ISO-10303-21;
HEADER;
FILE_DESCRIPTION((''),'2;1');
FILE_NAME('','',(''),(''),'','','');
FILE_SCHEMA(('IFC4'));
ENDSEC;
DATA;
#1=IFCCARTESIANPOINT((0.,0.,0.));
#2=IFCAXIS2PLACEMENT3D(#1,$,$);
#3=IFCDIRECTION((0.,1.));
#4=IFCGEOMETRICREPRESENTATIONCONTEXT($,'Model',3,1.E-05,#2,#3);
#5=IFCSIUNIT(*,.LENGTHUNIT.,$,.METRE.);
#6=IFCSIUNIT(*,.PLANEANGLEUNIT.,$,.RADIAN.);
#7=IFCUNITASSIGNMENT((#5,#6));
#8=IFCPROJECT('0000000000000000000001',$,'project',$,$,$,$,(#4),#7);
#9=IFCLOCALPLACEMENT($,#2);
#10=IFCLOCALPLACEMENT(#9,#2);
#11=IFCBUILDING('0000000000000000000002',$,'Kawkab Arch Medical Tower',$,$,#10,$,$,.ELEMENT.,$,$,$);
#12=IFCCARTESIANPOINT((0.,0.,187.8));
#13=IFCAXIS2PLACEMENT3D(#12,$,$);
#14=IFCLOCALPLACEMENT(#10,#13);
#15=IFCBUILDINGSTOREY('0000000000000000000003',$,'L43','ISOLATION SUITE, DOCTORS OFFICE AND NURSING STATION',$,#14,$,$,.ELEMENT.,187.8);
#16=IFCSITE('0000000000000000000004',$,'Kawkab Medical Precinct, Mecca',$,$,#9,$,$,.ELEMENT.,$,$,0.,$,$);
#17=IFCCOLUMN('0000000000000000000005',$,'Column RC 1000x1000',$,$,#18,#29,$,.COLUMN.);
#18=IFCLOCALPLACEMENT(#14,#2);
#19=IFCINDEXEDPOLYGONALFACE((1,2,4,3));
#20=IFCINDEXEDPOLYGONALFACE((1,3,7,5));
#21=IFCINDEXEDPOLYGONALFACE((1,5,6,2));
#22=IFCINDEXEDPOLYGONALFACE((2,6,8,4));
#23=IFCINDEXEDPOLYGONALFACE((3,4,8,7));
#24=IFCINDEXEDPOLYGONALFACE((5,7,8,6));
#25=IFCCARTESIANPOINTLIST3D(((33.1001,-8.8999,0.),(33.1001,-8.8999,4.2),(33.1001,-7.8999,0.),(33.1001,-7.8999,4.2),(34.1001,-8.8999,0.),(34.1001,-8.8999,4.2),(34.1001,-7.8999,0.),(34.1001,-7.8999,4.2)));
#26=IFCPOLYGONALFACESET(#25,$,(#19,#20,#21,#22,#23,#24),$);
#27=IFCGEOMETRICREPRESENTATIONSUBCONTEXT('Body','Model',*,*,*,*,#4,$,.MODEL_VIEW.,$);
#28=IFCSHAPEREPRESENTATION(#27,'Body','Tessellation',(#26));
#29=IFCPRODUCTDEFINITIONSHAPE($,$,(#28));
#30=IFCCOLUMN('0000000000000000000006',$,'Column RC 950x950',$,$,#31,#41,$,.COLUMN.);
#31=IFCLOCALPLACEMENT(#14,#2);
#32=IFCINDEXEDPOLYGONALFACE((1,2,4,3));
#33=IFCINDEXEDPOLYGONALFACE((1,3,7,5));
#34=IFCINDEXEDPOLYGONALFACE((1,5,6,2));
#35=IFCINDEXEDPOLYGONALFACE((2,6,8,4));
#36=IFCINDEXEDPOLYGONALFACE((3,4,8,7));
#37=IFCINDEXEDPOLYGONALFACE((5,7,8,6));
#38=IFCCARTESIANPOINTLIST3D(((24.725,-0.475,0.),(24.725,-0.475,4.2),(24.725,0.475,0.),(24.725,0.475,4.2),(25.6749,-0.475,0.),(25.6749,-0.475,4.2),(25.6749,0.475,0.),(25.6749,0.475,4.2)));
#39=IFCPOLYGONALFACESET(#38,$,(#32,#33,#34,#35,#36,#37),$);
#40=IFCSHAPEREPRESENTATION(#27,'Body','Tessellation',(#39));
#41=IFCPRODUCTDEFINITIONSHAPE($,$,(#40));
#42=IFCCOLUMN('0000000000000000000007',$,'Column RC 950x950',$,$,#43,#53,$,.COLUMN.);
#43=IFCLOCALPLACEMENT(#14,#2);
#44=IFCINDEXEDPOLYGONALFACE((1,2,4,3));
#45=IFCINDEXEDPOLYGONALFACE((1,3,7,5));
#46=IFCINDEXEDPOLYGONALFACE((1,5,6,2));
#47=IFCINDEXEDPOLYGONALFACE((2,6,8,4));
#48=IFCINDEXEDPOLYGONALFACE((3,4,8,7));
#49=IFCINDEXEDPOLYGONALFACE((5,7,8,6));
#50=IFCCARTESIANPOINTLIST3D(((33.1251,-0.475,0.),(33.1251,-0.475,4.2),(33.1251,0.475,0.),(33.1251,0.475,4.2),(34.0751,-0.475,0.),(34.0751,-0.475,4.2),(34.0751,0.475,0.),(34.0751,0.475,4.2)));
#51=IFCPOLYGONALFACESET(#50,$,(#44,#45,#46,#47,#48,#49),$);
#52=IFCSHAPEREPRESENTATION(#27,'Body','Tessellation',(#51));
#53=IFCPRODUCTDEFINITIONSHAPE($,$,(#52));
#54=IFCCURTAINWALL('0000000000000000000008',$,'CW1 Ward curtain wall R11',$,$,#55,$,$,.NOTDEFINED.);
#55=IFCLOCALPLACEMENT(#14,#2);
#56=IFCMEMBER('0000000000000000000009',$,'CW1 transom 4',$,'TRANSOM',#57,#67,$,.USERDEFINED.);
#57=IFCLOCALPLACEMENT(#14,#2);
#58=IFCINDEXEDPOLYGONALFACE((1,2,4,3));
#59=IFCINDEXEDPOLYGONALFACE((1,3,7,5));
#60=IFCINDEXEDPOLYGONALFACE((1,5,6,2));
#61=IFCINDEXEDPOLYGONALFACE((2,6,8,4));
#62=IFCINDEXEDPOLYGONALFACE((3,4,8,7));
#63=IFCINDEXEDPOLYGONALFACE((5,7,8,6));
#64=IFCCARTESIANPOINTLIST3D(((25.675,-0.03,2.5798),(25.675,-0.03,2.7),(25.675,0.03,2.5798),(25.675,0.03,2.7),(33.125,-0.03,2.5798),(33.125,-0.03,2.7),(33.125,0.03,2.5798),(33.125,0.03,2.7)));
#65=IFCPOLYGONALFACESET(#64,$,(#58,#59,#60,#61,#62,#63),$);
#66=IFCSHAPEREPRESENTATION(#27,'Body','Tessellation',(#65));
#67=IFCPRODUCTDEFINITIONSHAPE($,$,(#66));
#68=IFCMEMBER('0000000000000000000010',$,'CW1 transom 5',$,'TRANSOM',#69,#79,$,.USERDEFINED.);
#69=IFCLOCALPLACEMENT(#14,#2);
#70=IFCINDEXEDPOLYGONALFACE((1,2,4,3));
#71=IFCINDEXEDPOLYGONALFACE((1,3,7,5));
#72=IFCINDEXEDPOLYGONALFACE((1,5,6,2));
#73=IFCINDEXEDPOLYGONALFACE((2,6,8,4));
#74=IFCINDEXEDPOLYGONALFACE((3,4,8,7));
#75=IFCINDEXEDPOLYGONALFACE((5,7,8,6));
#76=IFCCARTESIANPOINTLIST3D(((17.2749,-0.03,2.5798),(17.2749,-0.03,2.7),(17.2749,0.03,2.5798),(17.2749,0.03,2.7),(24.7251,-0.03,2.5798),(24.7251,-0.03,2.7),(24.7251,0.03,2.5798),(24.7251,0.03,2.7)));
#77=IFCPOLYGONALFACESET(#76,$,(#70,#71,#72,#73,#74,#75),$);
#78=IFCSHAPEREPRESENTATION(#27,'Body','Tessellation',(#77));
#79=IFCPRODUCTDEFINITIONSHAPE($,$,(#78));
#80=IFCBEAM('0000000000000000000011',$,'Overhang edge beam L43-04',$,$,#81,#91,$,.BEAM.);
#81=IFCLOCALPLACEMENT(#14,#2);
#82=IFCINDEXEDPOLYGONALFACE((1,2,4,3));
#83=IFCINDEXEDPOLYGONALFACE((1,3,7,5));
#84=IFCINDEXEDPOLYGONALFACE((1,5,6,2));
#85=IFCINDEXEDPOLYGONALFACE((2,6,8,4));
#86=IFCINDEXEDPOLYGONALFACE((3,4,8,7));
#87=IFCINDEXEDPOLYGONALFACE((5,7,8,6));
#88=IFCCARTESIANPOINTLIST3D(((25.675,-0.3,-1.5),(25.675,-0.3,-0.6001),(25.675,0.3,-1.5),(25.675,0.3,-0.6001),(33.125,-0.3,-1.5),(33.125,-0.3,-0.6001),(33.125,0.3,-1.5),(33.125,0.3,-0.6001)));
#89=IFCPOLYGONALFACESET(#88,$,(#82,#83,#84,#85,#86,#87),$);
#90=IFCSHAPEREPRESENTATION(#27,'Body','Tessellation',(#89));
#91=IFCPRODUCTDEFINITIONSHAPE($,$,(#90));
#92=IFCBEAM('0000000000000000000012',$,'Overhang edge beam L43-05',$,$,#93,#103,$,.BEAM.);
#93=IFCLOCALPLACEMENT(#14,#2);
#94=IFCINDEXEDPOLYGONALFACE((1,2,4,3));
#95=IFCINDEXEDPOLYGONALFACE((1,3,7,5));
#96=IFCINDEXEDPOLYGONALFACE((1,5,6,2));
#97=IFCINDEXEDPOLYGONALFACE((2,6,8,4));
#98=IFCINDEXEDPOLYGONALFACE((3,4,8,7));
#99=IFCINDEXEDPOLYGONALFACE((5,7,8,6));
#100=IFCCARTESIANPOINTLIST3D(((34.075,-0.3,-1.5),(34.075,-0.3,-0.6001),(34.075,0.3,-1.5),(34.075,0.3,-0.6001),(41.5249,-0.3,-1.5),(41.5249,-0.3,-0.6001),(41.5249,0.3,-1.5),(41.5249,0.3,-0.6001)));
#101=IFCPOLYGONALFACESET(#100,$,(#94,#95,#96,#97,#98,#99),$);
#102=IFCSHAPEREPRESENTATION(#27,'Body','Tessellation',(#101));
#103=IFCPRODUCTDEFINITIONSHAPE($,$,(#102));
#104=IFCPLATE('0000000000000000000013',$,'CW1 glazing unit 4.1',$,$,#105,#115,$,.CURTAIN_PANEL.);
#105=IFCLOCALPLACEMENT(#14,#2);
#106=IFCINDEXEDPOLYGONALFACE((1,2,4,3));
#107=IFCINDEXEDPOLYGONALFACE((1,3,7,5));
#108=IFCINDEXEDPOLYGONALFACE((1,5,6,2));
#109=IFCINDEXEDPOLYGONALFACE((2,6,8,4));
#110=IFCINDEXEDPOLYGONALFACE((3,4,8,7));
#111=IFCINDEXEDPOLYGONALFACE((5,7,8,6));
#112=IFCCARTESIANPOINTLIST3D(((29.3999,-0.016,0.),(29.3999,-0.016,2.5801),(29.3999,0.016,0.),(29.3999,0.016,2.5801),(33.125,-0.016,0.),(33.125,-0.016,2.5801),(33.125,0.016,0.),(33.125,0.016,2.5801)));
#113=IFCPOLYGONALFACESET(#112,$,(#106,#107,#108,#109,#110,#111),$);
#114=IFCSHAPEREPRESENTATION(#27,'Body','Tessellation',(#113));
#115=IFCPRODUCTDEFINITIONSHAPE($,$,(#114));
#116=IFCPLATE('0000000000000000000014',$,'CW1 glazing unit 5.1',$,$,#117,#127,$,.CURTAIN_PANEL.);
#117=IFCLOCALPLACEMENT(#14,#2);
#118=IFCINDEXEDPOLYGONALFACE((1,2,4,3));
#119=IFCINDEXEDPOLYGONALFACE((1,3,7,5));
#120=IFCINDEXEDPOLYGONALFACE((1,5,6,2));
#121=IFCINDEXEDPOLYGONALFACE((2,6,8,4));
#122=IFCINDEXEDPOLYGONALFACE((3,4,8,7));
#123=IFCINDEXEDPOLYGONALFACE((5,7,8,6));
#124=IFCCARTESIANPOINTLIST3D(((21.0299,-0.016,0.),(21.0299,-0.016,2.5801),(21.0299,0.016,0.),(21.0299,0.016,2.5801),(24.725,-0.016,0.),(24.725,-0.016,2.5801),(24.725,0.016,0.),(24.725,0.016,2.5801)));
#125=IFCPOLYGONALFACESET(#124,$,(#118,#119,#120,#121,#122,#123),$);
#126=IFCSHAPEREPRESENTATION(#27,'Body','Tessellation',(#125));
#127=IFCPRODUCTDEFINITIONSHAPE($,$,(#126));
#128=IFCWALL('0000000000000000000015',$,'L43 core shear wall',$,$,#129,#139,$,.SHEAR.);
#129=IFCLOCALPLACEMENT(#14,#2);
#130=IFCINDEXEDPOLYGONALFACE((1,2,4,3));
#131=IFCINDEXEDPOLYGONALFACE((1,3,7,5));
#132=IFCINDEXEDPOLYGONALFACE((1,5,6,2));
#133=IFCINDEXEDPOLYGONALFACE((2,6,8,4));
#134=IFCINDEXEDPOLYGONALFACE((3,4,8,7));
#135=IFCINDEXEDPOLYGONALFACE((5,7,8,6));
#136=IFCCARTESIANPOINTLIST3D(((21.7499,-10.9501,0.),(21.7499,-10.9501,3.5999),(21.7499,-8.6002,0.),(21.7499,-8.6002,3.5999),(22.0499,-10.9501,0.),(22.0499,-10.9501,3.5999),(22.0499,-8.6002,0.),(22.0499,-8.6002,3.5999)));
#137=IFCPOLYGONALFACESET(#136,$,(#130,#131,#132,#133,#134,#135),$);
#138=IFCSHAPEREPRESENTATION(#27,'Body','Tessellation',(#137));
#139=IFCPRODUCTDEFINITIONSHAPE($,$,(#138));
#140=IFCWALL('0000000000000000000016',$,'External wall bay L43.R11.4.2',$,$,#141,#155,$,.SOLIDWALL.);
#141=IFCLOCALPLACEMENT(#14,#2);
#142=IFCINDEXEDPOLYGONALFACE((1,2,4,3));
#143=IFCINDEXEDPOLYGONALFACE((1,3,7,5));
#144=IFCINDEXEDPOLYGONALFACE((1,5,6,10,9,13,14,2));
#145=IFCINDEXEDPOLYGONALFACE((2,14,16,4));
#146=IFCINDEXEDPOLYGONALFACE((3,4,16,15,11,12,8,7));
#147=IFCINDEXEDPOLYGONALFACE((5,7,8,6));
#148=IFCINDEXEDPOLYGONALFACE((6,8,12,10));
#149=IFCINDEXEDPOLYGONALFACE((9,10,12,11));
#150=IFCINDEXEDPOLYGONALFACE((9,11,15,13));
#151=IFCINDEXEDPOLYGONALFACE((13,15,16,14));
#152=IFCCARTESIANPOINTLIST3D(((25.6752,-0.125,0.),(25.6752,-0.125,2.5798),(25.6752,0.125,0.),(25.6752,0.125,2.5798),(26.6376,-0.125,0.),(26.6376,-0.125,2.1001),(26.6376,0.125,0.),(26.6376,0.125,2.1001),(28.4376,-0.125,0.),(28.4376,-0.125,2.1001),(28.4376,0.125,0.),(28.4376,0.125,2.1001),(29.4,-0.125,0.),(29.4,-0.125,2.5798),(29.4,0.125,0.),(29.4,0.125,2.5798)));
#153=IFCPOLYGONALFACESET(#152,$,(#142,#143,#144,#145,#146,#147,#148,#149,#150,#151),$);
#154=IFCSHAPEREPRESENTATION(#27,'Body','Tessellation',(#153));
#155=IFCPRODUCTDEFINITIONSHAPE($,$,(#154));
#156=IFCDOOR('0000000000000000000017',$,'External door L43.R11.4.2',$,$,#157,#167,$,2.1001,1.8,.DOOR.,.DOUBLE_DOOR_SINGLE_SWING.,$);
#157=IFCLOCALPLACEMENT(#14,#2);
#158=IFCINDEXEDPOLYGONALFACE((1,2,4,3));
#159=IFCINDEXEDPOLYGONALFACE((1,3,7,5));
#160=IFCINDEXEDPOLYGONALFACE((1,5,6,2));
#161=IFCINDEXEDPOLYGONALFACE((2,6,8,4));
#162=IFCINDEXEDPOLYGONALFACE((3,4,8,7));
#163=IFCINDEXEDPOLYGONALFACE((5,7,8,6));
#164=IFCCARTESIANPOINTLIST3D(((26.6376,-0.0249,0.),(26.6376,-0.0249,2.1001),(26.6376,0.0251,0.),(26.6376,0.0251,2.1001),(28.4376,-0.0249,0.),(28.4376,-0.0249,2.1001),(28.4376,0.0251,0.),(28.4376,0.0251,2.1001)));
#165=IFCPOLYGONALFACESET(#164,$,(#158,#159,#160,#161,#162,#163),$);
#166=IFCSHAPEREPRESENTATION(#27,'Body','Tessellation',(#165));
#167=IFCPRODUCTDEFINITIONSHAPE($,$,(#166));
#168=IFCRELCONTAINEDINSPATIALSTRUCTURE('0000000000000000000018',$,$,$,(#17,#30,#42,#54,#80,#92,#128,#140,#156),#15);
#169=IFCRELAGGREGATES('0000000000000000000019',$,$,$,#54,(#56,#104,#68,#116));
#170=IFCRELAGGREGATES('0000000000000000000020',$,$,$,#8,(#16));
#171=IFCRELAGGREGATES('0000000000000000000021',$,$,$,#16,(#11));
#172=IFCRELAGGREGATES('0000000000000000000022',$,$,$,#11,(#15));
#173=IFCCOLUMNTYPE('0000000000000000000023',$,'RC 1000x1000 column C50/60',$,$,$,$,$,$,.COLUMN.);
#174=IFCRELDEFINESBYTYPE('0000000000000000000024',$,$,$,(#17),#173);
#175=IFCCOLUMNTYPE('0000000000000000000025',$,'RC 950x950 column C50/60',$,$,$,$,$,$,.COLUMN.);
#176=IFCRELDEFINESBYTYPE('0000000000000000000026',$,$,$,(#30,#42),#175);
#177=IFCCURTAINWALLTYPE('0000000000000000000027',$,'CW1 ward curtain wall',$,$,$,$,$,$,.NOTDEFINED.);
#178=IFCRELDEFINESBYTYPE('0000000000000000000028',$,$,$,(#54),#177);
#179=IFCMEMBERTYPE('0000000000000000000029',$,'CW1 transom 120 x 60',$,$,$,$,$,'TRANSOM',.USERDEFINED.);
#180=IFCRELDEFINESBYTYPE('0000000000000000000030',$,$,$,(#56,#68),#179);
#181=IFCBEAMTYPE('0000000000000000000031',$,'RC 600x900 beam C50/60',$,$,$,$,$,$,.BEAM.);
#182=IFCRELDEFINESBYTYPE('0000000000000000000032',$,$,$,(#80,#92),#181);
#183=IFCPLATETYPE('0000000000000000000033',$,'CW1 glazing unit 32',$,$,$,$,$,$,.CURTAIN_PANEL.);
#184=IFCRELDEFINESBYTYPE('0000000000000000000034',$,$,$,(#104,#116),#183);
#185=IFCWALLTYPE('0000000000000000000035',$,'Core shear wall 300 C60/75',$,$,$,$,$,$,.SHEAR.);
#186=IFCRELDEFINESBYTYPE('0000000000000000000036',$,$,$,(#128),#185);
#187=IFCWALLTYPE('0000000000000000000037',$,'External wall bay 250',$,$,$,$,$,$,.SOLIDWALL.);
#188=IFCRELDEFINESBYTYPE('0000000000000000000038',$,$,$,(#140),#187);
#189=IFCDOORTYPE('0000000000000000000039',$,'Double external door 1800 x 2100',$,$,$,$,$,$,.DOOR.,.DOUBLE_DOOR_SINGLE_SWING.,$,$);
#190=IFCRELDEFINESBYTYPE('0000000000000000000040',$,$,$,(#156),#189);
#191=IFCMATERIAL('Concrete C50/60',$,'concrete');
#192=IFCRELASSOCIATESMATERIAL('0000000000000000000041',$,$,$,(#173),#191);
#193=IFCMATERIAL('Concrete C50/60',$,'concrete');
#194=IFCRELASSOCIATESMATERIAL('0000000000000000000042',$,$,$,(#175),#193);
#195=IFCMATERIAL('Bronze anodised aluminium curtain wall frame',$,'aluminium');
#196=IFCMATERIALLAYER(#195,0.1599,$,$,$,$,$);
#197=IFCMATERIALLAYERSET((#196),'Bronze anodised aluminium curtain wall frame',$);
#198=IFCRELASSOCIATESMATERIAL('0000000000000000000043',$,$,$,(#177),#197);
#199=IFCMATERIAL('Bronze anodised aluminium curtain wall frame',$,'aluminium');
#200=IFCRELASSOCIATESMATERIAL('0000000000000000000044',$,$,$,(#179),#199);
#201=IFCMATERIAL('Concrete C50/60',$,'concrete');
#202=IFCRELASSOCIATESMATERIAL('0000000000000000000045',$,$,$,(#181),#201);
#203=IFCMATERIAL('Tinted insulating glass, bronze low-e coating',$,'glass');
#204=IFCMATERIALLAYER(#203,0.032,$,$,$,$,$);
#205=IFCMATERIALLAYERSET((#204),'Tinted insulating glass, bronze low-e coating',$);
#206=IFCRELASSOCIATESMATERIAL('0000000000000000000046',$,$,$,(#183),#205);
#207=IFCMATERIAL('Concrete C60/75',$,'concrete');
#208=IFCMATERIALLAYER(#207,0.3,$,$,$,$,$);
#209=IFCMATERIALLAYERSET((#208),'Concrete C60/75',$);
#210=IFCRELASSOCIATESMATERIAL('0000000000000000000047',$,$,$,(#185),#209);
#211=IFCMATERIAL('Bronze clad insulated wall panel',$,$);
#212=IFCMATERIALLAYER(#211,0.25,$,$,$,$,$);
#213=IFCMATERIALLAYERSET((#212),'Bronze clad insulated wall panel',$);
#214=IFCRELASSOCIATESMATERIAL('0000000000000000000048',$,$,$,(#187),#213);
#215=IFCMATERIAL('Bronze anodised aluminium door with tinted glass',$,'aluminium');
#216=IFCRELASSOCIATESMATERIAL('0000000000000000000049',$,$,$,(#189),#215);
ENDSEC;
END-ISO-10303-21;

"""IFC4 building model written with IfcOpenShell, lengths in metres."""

from ifc_helpers import new_model, si_unit, direction, frame, frame_2d, origin, origin_2d, place, context, subcontext, project, spatial, rectangle, extrude, material, layer, layer_set, material_profile, profile_set, type_object, element, fill, aggregate, save


model = new_model("IFC4")

# Units and contexts
model_context = context("Model", 3, precision=1e-05, world=origin(), true_north=direction((0.0, 1.0)))
body_context = subcontext(model_context, "Body", "Model", "MODEL_VIEW")
ifc_project = project(units=[si_unit("LENGTHUNIT", "METRE"), si_unit("PLANEANGLEUNIT", "RADIAN")], contexts=[model_context])

# Site, building, storey
site_placement = place(None, origin())
site = spatial("IfcSite", under=ifc_project, at=site_placement, Name="Kawkab Medical Precinct, Mecca", CompositionType="ELEMENT", RefElevation=0.0)
building_placement = place(site_placement, origin())
building = spatial("IfcBuilding", under=site, at=building_placement, Name="Kawkab Arch Medical Tower", CompositionType="ELEMENT")
storey_placement = place(building_placement, frame((0.0, 0.0, 187.8)))
storey = spatial("IfcBuildingStorey", under=building, at=storey_placement, Name="L43", Description="ISOLATION SUITE, DOCTORS OFFICE AND NURSING STATION", CompositionType="ELEMENT", Elevation=187.8)

# Columns
ifc_material_1 = material(Name="Concrete C50/60", Category="concrete")
ifc_material_profile_1 = material_profile(ifc_material_1, rectangle(XDim=1.0, YDim=1.0, at=origin_2d()), Name="RC 1000x1000")
ifc_profile_set_1 = profile_set([ifc_material_profile_1], Name="Concrete C50/60")
column_type_1 = type_object("IfcColumnType", Name="RC 1000x1000 column C50/60", PredefinedType="COLUMN", material=ifc_profile_set_1)
column_placement = place(storey_placement, frame((33.6001, -8.3999, 0.0), z_axis=(0.0, 0.0, 1.0), x_axis=(1.0, 0.0, 0.0)))
element("IfcColumn", 1, at=column_placement, inside=storey, type_object=column_type_1, Name="Column RC 1000x1000", PredefinedType="COLUMN", context=body_context, shape_type="SweptSolid", body=[
    extrude(rectangle(XDim=1.0, YDim=1.0, at=origin_2d()), origin(), (0.0, 0.0, 1.0), 4.2),
])
ifc_material_2 = material(Name="Concrete C50/60", Category="concrete")
ifc_material_profile_2 = material_profile(ifc_material_2, rectangle(XDim=0.95, YDim=0.95, at=origin_2d()), Name="RC 950x950")
ifc_profile_set_2 = profile_set([ifc_material_profile_2], Name="Concrete C50/60")
column_type_2 = type_object("IfcColumnType", Name="RC 950x950 column C50/60", PredefinedType="COLUMN", material=ifc_profile_set_2)
for number, where, z_axis, x_axis, name in (
    (2, (25.2, 0.0, 0.0), (0.0, 0.0, 1.0), (1.0, 0.0, 0.0), "Column RC 950x950"),
    (3, (33.6001, 0.0, 0.0), (0.0, 0.0, 1.0), (1.0, 0.0, 0.0), "Column RC 950x950"),
):
    element("IfcColumn", number, at=place(storey_placement, frame(where, z_axis=z_axis, x_axis=x_axis)), inside=storey, type_object=column_type_2, Name=name, PredefinedType="COLUMN", context=body_context, shape_type="SweptSolid", body=[
        extrude(rectangle(XDim=0.95, YDim=0.95, at=origin_2d()), origin(), (0.0, 0.0, 1.0), 4.2),
    ])

# Curtain wall, members
ifc_material_3 = material(Name="Bronze anodised aluminium curtain wall frame", Category="aluminium")
ifc_layer_1 = layer(ifc_material_3, 0.1599)
ifc_layer_set_1 = layer_set([ifc_layer_1], Name="Bronze anodised aluminium curtain wall frame")
curtain_wall_type = type_object("IfcCurtainWallType", Name="CW1 ward curtain wall", PredefinedType="NOTDEFINED", material=ifc_layer_set_1)
placement = place(storey_placement, origin())
curtain_wall = element("IfcCurtainWall", 4, at=placement, inside=storey, type_object=curtain_wall_type, Name="CW1 Ward curtain wall R11", PredefinedType="NOTDEFINED")
ifc_material_4 = material(Name="Bronze anodised aluminium curtain wall frame", Category="aluminium")
ifc_material_profile_3 = material_profile(ifc_material_4, rectangle(XDim=0.0601, YDim=0.1201, at=origin_2d()), Name="AL 60x120")
ifc_profile_set_3 = profile_set([ifc_material_profile_3], Name="Bronze anodised aluminium curtain wall frame")
member_type = type_object("IfcMemberType", Name="CW1 transom 120 x 60", ElementType="TRANSOM", PredefinedType="USERDEFINED", material=ifc_profile_set_3)
member_1_placement = place(storey_placement, frame((33.125, 0.0, 2.6399), z_axis=(-1.0, 0.0, 0.0), x_axis=(0.0, -1.0, 0.0)))
member_1 = element("IfcMember", 5, at=member_1_placement, type_object=member_type, Name="CW1 transom 4", ObjectType="TRANSOM", PredefinedType="USERDEFINED", context=body_context, shape_type="SweptSolid", body=[
    extrude(rectangle(XDim=0.0601, YDim=0.1201, at=origin_2d()), origin(), (0.0, 0.0, 1.0), 7.45),
])
member_2_placement = place(storey_placement, frame((24.7251, 0.0, 2.6399), z_axis=(-1.0, 0.0, 0.0), x_axis=(0.0, -1.0, 0.0)))
member_2 = element("IfcMember", 6, at=member_2_placement, type_object=member_type, Name="CW1 transom 5", ObjectType="TRANSOM", PredefinedType="USERDEFINED", context=body_context, shape_type="SweptSolid", body=[
    extrude(rectangle(XDim=0.0601, YDim=0.1201, at=origin_2d()), origin(), (0.0, 0.0, 1.0), 7.4502),
])

# Beams
ifc_material_5 = material(Name="Concrete C50/60", Category="concrete")
ifc_material_profile_4 = material_profile(ifc_material_5, rectangle(XDim=0.6001, YDim=0.8999, at=origin_2d()), Name="RC 600x900")
ifc_profile_set_4 = profile_set([ifc_material_profile_4], Name="Concrete C50/60")
beam_type = type_object("IfcBeamType", Name="RC 600x900 beam C50/60", PredefinedType="BEAM", material=ifc_profile_set_4)
for number, where, z_axis, x_axis, name in (
    (7, (25.675, 0.0, -1.05), (1.0, 0.0, 0.0), (0.0, 1.0, 0.0), "Overhang edge beam L43-04"),
    (8, (34.075, 0.0, -1.05), (1.0, 0.0, 0.0), (0.0, 1.0, 0.0), "Overhang edge beam L43-05"),
):
    element("IfcBeam", number, at=place(storey_placement, frame(where, z_axis=z_axis, x_axis=x_axis)), inside=storey, type_object=beam_type, Name=name, PredefinedType="BEAM", context=body_context, shape_type="SweptSolid", body=[
        extrude(rectangle(XDim=0.6001, YDim=0.8999, at=origin_2d()), origin(), (0.0, 0.0, 1.0), 7.45),
    ])

# Plates
ifc_material_6 = material(Name="Tinted insulating glass, bronze low-e coating", Category="glass")
ifc_layer_2 = layer(ifc_material_6, 0.032)
ifc_layer_set_2 = layer_set([ifc_layer_2], Name="Tinted insulating glass, bronze low-e coating")
plate_type = type_object("IfcPlateType", Name="CW1 glazing unit 32", PredefinedType="CURTAIN_PANEL", material=ifc_layer_set_2)
plate_1_placement = place(storey_placement, frame((31.2625, 0.0, 0.0), z_axis=(0.0, 0.0, 1.0), x_axis=(-1.0, 0.0, 0.0)))
plate_1 = element("IfcPlate", 9, at=plate_1_placement, type_object=plate_type, Name="CW1 glazing unit 4.1", PredefinedType="CURTAIN_PANEL", context=body_context, shape_type="SweptSolid", body=[
    extrude(rectangle(XDim=3.7251, YDim=0.032, at=origin_2d()), origin(), (0.0, 0.0, 1.0), 2.5801),
])
plate_2_placement = place(storey_placement, frame((22.8774, 0.0, 0.0), z_axis=(0.0, 0.0, 1.0), x_axis=(-1.0, 0.0, 0.0)))
plate_2 = element("IfcPlate", 10, at=plate_2_placement, type_object=plate_type, Name="CW1 glazing unit 5.1", PredefinedType="CURTAIN_PANEL", context=body_context, shape_type="SweptSolid", body=[
    extrude(rectangle(XDim=3.6951, YDim=0.032, at=origin_2d()), origin(), (0.0, 0.0, 1.0), 2.5801),
])
aggregate(curtain_wall, [member_1, plate_1, member_2, plate_2])

# Wall
ifc_material_7 = material(Name="Concrete C60/75", Category="concrete")
ifc_layer_3 = layer(ifc_material_7, 0.3)
ifc_layer_set_3 = layer_set([ifc_layer_3], Name="Concrete C60/75")
wall_type_1 = type_object("IfcWallType", Name="Core shear wall 300 C60/75", PredefinedType="SHEAR", material=ifc_layer_set_3)
wall_1_placement = place(storey_placement, frame((21.8999, -10.95, 0.0), z_axis=(0.0, 0.0, 1.0), x_axis=(0.0, 1.0, 0.0)))
element("IfcWall", 11, at=wall_1_placement, inside=storey, type_object=wall_type_1, Name="L43 core shear wall", PredefinedType="SHEAR", context=body_context, shape_type="SweptSolid", body=[
    extrude(rectangle(XDim=2.3499, YDim=0.3, at=frame_2d((1.1748, 0.0))), origin(), (0.0, 0.0, 1.0), 3.5999),
])

# Wall, opening, door
ifc_material_8 = material(Name="Bronze clad insulated wall panel")
ifc_layer_4 = layer(ifc_material_8, 0.25)
ifc_layer_set_4 = layer_set([ifc_layer_4], Name="Bronze clad insulated wall panel")
wall_type_2 = type_object("IfcWallType", Name="External wall bay 250", PredefinedType="SOLIDWALL", material=ifc_layer_set_4)
wall_2_placement = place(storey_placement, frame((29.3999, 0.0, 0.0), z_axis=(0.0, 0.0, 1.0), x_axis=(-1.0, 0.0, 0.0)))
wall_2 = element("IfcWall", 12, at=wall_2_placement, inside=storey, type_object=wall_type_2, Name="External wall bay L43.R11.4.2", PredefinedType="SOLIDWALL", context=body_context, shape_type="SweptSolid", body=[
    extrude(rectangle(XDim=3.7249, YDim=0.25, at=frame_2d((1.8623, 0.0))), origin(), (0.0, 0.0, 1.0), 2.5798),
])
opening_1_placement = place(wall_2_placement, frame((0.9624, 0.0, 0.0)))
opening_1 = element("IfcOpeningElement", 13, at=opening_1_placement, cuts=wall_2, PredefinedType="OPENING", context=body_context, shape_type="SweptSolid", body=[
    extrude(rectangle(XDim=1.8, YDim=2.1001, at=frame_2d((0.8999, 1.05))), frame((0.0, 0.135, 0.0), z_axis=(0.0, -1.0, 0.0), x_axis=(1.0, 0.0, 0.0)), (0.0, 0.0, 1.0), 0.27),
])
ifc_material_9 = material(Name="Bronze anodised aluminium door with tinted glass", Category="aluminium")
door_type_1 = type_object("IfcDoorType", Name="Double external door 1800 x 2100", OperationType="DOUBLE_DOOR_SINGLE_SWING", PredefinedType="DOOR", material=ifc_material_9)
door_1_placement = place(opening_1_placement, origin())
door_1 = element("IfcDoor", 14, at=door_1_placement, inside=storey, type_object=door_type_1, Name="External door L43.R11.4.2", OperationType="DOUBLE_DOOR_SINGLE_SWING", OverallHeight=2.1001, OverallWidth=1.8, PredefinedType="DOOR", context=body_context, shape_type="SweptSolid", body=[
    extrude(rectangle(XDim=1.8, YDim=2.1001, at=frame_2d((0.8999, 1.05))), frame((0.0, 0.0249, 0.0), z_axis=(0.0, -1.0, 0.0), x_axis=(1.0, 0.0, 0.0)), (0.0, 0.0, 1.0), 0.05),
])
fill(opening_1, door_1)

save(model, "model.ifc")
